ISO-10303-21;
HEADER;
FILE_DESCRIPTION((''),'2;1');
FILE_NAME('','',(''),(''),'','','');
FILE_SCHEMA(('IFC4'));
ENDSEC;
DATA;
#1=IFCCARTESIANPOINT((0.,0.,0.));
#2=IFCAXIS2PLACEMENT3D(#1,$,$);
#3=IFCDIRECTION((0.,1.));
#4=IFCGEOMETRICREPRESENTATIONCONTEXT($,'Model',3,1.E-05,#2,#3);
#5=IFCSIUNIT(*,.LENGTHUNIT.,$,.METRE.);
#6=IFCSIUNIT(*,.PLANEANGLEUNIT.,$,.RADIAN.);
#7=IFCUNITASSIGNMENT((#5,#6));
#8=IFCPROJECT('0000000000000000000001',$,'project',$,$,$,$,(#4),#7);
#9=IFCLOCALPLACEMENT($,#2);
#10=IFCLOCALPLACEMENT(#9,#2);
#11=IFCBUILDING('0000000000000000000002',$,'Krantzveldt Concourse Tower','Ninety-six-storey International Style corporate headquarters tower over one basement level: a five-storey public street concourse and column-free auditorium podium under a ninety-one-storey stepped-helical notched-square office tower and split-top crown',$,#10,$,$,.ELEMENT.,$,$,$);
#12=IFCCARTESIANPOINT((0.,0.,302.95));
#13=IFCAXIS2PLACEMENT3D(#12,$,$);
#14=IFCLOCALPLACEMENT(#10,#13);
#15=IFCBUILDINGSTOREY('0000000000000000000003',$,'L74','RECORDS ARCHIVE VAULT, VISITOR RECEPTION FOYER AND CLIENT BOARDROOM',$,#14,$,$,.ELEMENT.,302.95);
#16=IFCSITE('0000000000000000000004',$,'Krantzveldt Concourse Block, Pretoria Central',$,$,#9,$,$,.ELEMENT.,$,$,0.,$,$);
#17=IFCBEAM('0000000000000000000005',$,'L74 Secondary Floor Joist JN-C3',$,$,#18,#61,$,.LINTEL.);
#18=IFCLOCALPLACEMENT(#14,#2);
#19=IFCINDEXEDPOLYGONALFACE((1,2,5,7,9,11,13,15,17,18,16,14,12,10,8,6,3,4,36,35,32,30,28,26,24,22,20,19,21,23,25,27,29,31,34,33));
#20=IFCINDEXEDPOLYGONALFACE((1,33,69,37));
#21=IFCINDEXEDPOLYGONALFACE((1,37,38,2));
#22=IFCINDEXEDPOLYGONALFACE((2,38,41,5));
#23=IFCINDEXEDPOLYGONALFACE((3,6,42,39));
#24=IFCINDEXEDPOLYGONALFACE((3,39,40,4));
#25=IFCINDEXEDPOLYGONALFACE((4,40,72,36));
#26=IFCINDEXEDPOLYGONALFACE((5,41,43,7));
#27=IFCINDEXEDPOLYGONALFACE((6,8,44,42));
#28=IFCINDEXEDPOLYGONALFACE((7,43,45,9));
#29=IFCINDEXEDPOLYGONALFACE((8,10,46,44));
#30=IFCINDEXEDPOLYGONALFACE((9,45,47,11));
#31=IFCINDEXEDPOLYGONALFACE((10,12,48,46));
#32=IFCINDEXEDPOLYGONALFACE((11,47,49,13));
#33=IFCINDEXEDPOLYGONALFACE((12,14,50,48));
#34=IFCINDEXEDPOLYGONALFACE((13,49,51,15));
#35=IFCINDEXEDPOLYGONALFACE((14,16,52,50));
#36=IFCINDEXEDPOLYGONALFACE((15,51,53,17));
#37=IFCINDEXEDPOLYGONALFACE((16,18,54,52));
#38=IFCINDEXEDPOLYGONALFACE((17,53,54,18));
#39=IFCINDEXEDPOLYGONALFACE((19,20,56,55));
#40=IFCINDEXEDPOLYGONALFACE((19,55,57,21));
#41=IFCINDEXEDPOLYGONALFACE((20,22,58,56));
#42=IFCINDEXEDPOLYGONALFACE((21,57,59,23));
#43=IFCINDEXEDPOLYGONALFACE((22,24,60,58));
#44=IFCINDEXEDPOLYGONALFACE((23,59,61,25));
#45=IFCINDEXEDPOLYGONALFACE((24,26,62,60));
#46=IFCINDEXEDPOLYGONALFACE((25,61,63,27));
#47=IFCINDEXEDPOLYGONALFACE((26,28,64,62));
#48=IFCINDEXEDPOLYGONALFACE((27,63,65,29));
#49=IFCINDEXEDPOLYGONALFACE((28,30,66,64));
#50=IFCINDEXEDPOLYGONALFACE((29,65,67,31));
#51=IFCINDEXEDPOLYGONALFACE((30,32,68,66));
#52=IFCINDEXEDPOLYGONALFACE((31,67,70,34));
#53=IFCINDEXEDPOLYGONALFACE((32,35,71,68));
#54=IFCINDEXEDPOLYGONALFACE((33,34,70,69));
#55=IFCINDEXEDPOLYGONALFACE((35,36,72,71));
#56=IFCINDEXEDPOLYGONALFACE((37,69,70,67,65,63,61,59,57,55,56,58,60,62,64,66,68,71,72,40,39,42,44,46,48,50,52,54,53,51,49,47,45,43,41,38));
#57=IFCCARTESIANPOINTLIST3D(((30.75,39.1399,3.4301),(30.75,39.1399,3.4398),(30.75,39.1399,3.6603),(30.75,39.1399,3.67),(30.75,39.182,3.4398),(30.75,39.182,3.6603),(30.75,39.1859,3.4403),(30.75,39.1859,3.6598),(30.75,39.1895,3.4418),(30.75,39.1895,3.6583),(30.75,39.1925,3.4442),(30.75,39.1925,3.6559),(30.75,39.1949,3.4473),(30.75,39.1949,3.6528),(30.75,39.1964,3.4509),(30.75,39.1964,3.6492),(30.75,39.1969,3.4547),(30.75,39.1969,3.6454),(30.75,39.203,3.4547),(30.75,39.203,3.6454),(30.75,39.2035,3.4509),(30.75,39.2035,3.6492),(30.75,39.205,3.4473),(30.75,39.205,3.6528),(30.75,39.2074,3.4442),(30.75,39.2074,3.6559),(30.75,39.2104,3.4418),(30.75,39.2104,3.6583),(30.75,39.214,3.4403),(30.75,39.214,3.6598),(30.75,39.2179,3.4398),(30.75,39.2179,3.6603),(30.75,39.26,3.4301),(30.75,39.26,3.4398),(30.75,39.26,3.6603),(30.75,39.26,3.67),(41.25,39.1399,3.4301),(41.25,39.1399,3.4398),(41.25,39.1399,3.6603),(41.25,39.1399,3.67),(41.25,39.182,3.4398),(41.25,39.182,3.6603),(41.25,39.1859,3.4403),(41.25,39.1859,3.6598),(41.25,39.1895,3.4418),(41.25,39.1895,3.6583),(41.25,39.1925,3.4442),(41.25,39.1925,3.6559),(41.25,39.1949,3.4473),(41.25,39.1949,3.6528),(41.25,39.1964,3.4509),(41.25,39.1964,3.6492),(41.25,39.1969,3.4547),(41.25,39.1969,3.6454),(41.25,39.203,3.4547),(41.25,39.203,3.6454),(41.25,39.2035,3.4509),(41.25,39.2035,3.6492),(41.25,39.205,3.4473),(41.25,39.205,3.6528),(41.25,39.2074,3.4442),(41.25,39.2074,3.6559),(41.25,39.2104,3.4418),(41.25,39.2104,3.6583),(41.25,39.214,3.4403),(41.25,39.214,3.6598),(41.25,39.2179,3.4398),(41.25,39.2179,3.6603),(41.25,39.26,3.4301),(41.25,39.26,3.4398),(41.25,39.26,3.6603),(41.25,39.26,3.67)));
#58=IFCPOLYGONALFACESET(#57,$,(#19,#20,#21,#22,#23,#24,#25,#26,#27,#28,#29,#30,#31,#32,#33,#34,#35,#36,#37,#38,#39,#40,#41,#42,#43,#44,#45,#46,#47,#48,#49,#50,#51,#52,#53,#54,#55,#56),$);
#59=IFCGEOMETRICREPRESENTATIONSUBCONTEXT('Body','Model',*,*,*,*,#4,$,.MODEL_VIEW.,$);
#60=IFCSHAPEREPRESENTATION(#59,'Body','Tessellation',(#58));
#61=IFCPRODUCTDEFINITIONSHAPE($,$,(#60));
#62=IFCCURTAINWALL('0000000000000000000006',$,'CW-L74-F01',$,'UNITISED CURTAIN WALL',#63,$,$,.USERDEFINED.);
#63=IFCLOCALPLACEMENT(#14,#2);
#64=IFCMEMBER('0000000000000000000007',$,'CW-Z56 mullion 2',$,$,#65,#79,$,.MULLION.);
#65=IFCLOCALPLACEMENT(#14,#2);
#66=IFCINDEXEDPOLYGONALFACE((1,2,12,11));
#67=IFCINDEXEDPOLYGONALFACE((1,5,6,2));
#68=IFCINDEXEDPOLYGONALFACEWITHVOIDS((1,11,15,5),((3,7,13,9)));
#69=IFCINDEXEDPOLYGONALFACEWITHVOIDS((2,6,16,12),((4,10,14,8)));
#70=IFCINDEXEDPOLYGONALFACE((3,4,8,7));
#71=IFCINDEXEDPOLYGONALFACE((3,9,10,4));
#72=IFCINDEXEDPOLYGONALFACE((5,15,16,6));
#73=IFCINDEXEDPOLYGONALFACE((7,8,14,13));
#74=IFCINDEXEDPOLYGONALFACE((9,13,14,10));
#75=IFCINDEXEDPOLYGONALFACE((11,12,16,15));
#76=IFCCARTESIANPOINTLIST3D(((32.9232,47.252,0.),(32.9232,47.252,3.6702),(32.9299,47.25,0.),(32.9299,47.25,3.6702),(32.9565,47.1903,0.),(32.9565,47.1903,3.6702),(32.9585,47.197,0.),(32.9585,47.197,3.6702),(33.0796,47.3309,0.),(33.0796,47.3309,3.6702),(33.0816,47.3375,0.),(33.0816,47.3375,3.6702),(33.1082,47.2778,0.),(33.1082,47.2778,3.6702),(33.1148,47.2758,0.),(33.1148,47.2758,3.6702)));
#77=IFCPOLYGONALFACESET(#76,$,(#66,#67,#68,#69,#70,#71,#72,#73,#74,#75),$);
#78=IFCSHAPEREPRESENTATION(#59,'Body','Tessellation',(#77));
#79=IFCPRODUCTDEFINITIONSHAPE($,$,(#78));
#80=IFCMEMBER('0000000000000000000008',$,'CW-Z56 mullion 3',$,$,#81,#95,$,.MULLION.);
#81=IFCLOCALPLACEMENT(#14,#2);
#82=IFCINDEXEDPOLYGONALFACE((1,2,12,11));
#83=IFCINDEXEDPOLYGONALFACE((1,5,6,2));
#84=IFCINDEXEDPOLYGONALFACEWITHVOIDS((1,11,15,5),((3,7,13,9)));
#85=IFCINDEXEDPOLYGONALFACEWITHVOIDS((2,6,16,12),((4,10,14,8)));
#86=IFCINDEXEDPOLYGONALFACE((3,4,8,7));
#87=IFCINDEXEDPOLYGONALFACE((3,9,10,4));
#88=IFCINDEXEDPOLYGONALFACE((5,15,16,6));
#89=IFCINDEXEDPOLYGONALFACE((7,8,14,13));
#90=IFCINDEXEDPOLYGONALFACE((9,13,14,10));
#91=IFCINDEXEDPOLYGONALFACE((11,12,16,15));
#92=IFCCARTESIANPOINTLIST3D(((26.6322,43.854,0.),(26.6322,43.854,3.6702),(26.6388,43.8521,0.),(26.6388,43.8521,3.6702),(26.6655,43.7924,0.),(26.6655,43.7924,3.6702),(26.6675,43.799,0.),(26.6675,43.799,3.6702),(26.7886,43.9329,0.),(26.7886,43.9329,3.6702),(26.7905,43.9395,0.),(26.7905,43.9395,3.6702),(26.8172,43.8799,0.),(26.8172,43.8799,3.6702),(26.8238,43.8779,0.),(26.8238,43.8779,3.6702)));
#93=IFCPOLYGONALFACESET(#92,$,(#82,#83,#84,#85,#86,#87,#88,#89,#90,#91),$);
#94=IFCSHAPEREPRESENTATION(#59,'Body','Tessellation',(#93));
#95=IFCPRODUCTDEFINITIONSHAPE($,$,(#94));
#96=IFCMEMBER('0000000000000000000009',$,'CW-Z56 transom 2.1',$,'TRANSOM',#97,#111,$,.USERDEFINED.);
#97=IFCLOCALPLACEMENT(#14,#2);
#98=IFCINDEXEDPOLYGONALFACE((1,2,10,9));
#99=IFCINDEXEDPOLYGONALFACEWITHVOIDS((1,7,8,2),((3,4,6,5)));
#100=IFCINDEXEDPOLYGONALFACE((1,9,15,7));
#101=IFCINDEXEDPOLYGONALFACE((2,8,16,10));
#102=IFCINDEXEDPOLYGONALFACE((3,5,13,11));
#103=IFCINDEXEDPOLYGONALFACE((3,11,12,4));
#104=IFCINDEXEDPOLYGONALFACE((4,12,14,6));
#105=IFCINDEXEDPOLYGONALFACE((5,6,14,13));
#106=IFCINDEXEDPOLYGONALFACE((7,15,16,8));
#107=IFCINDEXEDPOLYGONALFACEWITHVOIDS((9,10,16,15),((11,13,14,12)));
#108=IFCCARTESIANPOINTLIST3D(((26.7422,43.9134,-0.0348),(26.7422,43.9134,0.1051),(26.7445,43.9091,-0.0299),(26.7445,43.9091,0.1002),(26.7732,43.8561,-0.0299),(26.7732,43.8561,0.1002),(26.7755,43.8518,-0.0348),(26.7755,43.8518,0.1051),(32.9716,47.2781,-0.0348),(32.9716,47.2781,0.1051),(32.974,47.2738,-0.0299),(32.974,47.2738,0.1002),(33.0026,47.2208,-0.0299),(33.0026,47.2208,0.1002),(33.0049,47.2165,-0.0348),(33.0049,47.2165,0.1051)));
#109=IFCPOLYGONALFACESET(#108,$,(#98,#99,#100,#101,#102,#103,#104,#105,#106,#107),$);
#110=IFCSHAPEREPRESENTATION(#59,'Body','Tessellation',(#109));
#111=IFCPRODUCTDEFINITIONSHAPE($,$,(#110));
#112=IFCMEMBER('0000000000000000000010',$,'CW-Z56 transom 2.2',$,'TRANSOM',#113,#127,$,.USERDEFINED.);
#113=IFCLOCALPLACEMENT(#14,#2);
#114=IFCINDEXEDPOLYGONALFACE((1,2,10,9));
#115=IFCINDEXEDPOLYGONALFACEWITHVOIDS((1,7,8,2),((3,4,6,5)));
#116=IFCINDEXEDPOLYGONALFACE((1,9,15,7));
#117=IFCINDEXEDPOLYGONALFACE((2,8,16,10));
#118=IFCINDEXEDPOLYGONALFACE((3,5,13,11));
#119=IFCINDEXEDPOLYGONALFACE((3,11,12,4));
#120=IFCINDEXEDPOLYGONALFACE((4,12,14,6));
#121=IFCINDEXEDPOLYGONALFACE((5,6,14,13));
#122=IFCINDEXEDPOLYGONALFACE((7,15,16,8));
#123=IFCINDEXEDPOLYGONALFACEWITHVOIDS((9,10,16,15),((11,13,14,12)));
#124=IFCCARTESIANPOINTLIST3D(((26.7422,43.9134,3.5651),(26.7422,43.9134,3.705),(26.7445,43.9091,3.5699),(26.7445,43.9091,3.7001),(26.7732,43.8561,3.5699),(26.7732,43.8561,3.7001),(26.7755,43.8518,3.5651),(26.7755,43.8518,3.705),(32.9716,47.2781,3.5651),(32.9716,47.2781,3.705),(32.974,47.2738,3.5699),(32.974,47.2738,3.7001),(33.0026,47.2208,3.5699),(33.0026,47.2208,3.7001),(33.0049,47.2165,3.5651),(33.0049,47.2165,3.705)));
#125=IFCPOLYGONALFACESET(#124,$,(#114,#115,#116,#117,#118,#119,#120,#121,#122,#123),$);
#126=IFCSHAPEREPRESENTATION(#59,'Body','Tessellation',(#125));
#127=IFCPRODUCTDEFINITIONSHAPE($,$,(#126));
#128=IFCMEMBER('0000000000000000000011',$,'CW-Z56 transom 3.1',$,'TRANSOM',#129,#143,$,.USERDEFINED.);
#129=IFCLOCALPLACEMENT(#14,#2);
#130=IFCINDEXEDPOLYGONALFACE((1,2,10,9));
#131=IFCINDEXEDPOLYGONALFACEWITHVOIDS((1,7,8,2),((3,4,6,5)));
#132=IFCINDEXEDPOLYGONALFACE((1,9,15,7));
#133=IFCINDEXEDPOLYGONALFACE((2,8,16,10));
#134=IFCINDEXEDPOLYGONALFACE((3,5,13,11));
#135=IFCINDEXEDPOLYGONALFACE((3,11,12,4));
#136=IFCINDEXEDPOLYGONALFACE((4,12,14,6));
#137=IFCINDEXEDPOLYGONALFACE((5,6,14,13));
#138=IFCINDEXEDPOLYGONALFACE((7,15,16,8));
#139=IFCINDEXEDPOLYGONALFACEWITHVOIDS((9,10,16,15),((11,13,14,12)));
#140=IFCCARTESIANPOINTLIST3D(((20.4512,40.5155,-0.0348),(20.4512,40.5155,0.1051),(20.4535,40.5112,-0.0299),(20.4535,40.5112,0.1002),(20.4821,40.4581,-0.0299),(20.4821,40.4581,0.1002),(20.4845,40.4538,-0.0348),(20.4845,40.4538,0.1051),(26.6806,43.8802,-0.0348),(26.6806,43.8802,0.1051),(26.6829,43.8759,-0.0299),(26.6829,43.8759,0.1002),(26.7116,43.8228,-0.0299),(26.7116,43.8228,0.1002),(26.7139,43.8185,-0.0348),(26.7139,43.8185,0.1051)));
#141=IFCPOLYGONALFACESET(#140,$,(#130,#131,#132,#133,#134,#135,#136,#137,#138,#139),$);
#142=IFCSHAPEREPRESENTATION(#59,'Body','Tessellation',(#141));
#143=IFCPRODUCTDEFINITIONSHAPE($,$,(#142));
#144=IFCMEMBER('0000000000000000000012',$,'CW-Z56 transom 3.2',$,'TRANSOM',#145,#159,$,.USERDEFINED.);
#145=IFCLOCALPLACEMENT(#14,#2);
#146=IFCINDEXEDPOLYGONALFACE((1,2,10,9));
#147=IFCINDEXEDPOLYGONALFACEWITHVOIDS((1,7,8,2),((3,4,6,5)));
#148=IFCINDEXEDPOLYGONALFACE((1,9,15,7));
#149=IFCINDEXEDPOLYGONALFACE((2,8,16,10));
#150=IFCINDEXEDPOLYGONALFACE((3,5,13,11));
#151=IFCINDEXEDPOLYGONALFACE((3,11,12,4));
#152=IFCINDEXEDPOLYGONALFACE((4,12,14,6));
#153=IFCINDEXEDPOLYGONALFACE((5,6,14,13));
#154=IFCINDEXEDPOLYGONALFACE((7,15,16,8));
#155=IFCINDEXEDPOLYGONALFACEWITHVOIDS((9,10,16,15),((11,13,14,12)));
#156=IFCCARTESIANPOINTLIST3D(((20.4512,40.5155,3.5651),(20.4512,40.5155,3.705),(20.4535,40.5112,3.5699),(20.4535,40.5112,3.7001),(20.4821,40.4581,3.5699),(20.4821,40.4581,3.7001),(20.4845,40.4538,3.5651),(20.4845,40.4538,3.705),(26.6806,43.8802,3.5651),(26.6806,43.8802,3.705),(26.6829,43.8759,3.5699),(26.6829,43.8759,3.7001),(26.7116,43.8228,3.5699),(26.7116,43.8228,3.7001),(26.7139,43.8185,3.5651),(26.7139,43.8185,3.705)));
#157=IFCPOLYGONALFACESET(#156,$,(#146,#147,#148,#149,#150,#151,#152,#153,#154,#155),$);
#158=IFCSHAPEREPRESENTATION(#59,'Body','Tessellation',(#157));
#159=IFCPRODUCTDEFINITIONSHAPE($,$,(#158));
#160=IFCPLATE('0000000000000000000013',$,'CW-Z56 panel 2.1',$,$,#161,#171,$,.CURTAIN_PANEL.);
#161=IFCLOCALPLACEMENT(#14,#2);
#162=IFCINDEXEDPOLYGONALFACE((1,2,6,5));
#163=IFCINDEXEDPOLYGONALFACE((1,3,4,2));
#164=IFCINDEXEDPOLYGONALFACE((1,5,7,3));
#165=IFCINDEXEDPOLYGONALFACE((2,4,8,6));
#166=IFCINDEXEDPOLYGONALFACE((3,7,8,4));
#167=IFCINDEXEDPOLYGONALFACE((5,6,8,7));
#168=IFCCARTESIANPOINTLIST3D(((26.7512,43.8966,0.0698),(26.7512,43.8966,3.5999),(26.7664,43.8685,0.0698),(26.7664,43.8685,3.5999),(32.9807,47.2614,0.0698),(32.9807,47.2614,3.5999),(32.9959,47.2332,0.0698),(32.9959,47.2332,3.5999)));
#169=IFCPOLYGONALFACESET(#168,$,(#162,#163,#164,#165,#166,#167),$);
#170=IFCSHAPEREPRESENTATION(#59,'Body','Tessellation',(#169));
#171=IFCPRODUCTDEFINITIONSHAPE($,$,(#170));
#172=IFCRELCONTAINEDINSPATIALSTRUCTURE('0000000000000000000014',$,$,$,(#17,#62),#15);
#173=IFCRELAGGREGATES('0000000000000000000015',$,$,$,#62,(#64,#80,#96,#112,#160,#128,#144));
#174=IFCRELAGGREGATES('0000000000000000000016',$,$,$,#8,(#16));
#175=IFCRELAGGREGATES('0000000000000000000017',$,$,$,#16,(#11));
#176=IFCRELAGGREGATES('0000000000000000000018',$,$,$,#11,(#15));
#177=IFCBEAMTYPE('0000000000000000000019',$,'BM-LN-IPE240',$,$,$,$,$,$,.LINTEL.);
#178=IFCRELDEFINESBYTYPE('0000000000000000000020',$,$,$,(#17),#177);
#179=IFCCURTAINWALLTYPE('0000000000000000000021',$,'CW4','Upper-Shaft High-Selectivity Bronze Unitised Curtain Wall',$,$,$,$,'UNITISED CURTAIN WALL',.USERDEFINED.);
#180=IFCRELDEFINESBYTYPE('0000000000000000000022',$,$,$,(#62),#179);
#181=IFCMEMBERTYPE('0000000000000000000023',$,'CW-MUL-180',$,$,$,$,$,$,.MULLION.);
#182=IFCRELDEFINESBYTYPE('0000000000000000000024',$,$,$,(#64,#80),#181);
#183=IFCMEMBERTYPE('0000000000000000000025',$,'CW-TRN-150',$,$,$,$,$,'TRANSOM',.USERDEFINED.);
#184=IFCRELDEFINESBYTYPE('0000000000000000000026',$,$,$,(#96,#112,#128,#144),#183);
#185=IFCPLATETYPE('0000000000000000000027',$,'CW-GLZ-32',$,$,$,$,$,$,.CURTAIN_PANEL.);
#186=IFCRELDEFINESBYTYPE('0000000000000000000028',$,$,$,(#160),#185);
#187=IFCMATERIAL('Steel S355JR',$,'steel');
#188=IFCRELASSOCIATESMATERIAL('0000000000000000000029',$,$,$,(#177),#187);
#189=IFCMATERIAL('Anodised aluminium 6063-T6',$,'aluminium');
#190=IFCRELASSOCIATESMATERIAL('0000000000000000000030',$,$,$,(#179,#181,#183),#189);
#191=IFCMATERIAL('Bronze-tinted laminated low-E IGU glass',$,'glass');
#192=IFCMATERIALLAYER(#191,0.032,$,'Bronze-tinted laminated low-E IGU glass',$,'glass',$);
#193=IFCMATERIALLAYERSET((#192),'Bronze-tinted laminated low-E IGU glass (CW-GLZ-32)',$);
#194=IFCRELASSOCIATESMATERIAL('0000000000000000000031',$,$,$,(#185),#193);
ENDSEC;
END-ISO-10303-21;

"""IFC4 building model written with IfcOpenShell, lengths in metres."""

from ifc_helpers import new_model, si_unit, direction, frame, origin, origin_2d, place, context, subcontext, project, spatial, rectangle, hollow_rectangle, i_section, extrude, source, transform, mapped, material, layer, layer_set, material_profile, profile_set, type_object, type_shapes, element, aggregate, save


model = new_model("IFC4")

# Units and contexts
model_context = context("Model", 3, precision=1e-05, world=origin(), true_north=direction((0.0, 1.0)))
body_context = subcontext(model_context, "Body", "Model", "MODEL_VIEW")
ifc_project = project(units=[si_unit("LENGTHUNIT", "METRE"), si_unit("PLANEANGLEUNIT", "RADIAN")], contexts=[model_context])

# Site, building, storey
site_placement = place(None, origin())
site = spatial("IfcSite", under=ifc_project, at=site_placement, Name="Krantzveldt Concourse Block, Pretoria Central", CompositionType="ELEMENT", RefElevation=0.0)
building_placement = place(site_placement, origin())
building = spatial("IfcBuilding", under=site, at=building_placement, Name="Krantzveldt Concourse Tower", Description="Ninety-six-storey International Style corporate headquarters tower over one basement level: a five-storey public street concourse and column-free auditorium podium under a ninety-one-storey stepped-helical notched-square office tower and split-top crown", CompositionType="ELEMENT")
storey_placement = place(building_placement, frame((0.0, 0.0, 302.95)))
storey = spatial("IfcBuildingStorey", under=building, at=storey_placement, Name="L74", Description="RECORDS ARCHIVE VAULT, VISITOR RECEPTION FOYER AND CLIENT BOARDROOM", CompositionType="ELEMENT", Elevation=302.95)

# Beam
ifc_material_1 = material(Name="Steel S355JR", Category="steel")
ifc_material_profile_1 = material_profile(ifc_material_1, i_section(OverallWidth=0.1201, OverallDepth=0.24, WebThickness=0.0061, FlangeThickness=0.0098, FilletRadius=0.0149, at=origin_2d()), Name="Steel S355JR", Category="steel")
ifc_profile_set_1 = profile_set([ifc_material_profile_1], Name="Steel S355JR - IPE 240")
beam_type_1 = type_object("IfcBeamType", Name="BM-LN-IPE240", PredefinedType="LINTEL", material=ifc_profile_set_1)
shared_shape_1 = source(origin(), body_context, "Body", "SweptSolid", [
    extrude(i_section(OverallWidth=0.1201, OverallDepth=0.24, WebThickness=0.0061, FlangeThickness=0.0098, FilletRadius=0.0149, at=origin_2d()), origin(), (0.0, 0.0, 1.0), 10.5),
])
type_shapes(beam_type_1, [shared_shape_1])
beam_1_placement = place(storey_placement, frame((30.75, 39.2, 3.55), z_axis=(1.0, 0.0, 0.0), x_axis=(0.0, 1.0, 0.0)))
element("IfcBeam", 1, at=beam_1_placement, inside=storey, type_object=beam_type_1, Name="L74 Secondary Floor Joist JN-C3", PredefinedType="LINTEL", context=body_context, shape_type="MappedRepresentation", body=[
    mapped(shared_shape_1, transform((0.0, 0.0, 0.0), x_axis=(1.0, 0.0, 0.0), y_axis=(0.0, 1.0, 0.0), z_axis=(0.0, 0.0, 1.0), scale=1.0)),
])

# Curtain wall, members, plate
ifc_material_2 = material(Name="Anodised aluminium 6063-T6", Category="aluminium")
curtain_wall_type = type_object("IfcCurtainWallType", Name="CW4", Description="Upper-Shaft High-Selectivity Bronze Unitised Curtain Wall", ElementType="UNITISED CURTAIN WALL", PredefinedType="USERDEFINED", material=ifc_material_2)
curtain_wall_placement = place(storey_placement, origin())
curtain_wall = element("IfcCurtainWall", 2, at=curtain_wall_placement, inside=storey, type_object=curtain_wall_type, Name="CW-L74-F01", ObjectType="UNITISED CURTAIN WALL", PredefinedType="USERDEFINED")
ifc_material_profile_2 = material_profile(ifc_material_2, hollow_rectangle(XDim=0.0701, YDim=0.1799, WallThickness=0.0049, at=origin_2d()), Name="Anodised aluminium 6063-T6", Category="aluminium")
ifc_profile_set_2 = profile_set([ifc_material_profile_2], Name="Anodised aluminium 6063-T6 - ALU-MULL 180x70x5")
member_type_1 = type_object("IfcMemberType", Name="CW-MUL-180", PredefinedType="MULLION", material=ifc_profile_set_2)
shared_shape_2 = source(origin(), body_context, "Body", "SweptSolid", [
    extrude(hollow_rectangle(XDim=0.0701, YDim=0.1799, WallThickness=0.0049, at=origin_2d()), origin(), (0.0, 0.0, 1.0), 3.6702),
])
type_shapes(member_type_1, [shared_shape_2])
member_1_placement = place(storey_placement, frame((33.019, 47.2639, 0.0), z_axis=(0.0, 0.0, 1.0), x_axis=(0.47524, -0.879856, 0.0)))
member_1 = element("IfcMember", 3, at=member_1_placement, type_object=member_type_1, Name="CW-Z56 mullion 2", PredefinedType="MULLION", context=body_context, shape_type="MappedRepresentation", body=[
    mapped(shared_shape_2, transform((0.0, 0.0, 0.0), x_axis=(1.0, 0.0, 0.0), y_axis=(0.0, 1.0, 0.0), z_axis=(0.0, 0.0, 1.0), scale=1.0)),
])
member_2_placement = place(storey_placement, frame((26.728, 43.866, 0.0), z_axis=(0.0, 0.0, 1.0), x_axis=(0.47524, -0.879856, 0.0)))
member_2 = element("IfcMember", 4, at=member_2_placement, type_object=member_type_1, Name="CW-Z56 mullion 3", PredefinedType="MULLION", context=body_context, shape_type="MappedRepresentation", body=[
    mapped(shared_shape_2, transform((0.0, 0.0, 0.0), x_axis=(1.0, 0.0, 0.0), y_axis=(0.0, 1.0, 0.0), z_axis=(0.0, 0.0, 1.0), scale=1.0)),
])
ifc_material_profile_3 = material_profile(ifc_material_2, hollow_rectangle(XDim=0.0701, YDim=0.1399, WallThickness=0.0049, at=origin_2d()), Name="Anodised aluminium 6063-T6", Category="aluminium")
ifc_profile_set_3 = profile_set([ifc_material_profile_3], Name="Anodised aluminium 6063-T6 - ALU-TRAN 140x70x5")
member_type_2 = type_object("IfcMemberType", Name="CW-TRN-150", ElementType="TRANSOM", PredefinedType="USERDEFINED", material=ifc_profile_set_3)
shared_shape_3 = source(origin(), body_context, "Body", "SweptSolid", [
    extrude(hollow_rectangle(XDim=0.0701, YDim=0.1399, WallThickness=0.0049, at=origin_2d()), origin(), (0.0, 0.0, 1.0), 7.0801),
])
type_shapes(member_type_2, [shared_shape_3])
member_3_placement = place(storey_placement, frame((32.9883, 47.2473, 0.0352), z_axis=(-0.879857, -0.475239, 0.0), x_axis=(0.475239, -0.879857, 0.0)))
member_3 = element("IfcMember", 5, at=member_3_placement, type_object=member_type_2, Name="CW-Z56 transom 2.1", ObjectType="TRANSOM", PredefinedType="USERDEFINED", context=body_context, shape_type="MappedRepresentation", body=[
    mapped(shared_shape_3, transform((0.0, 0.0, 0.0), x_axis=(1.0, 0.0, 0.0), y_axis=(0.0, 1.0, 0.0), z_axis=(0.0, 0.0, 1.0), scale=1.0)),
])
member_4_placement = place(storey_placement, frame((32.9883, 47.2473, 3.635), z_axis=(-0.879857, -0.475239, 0.0), x_axis=(0.475239, -0.879857, 0.0)))
member_4 = element("IfcMember", 6, at=member_4_placement, type_object=member_type_2, Name="CW-Z56 transom 2.2", ObjectType="TRANSOM", PredefinedType="USERDEFINED", context=body_context, shape_type="MappedRepresentation", body=[
    mapped(shared_shape_3, transform((0.0, 0.0, 0.0), x_axis=(1.0, 0.0, 0.0), y_axis=(0.0, 1.0, 0.0), z_axis=(0.0, 0.0, 1.0), scale=1.0)),
])
member_5_placement = place(storey_placement, frame((26.6973, 43.8494, 0.0352), z_axis=(-0.879857, -0.475239, 0.0), x_axis=(0.475239, -0.879857, 0.0)))
member_5 = element("IfcMember", 7, at=member_5_placement, type_object=member_type_2, Name="CW-Z56 transom 3.1", ObjectType="TRANSOM", PredefinedType="USERDEFINED", context=body_context, shape_type="MappedRepresentation", body=[
    mapped(shared_shape_3, transform((0.0, 0.0, 0.0), x_axis=(1.0, 0.0, 0.0), y_axis=(0.0, 1.0, 0.0), z_axis=(0.0, 0.0, 1.0), scale=1.0)),
])
member_6_placement = place(storey_placement, frame((26.6973, 43.8494, 3.635), z_axis=(-0.879857, -0.475239, 0.0), x_axis=(0.475239, -0.879857, 0.0)))
member_6 = element("IfcMember", 8, at=member_6_placement, type_object=member_type_2, Name="CW-Z56 transom 3.2", ObjectType="TRANSOM", PredefinedType="USERDEFINED", context=body_context, shape_type="MappedRepresentation", body=[
    mapped(shared_shape_3, transform((0.0, 0.0, 0.0), x_axis=(1.0, 0.0, 0.0), y_axis=(0.0, 1.0, 0.0), z_axis=(0.0, 0.0, 1.0), scale=1.0)),
])
ifc_material_3 = material(Name="Bronze-tinted laminated low-E IGU glass", Category="glass")
ifc_layer = layer(ifc_material_3, 0.032, Name="Bronze-tinted laminated low-E IGU glass", Category="glass")
ifc_layer_set = layer_set([ifc_layer], Name="Bronze-tinted laminated low-E IGU glass (CW-GLZ-32)")
plate_type = type_object("IfcPlateType", Name="CW-GLZ-32", PredefinedType="CURTAIN_PANEL", material=ifc_layer_set)
shared_shape_4 = source(origin(), body_context, "Body", "SweptSolid", [
    extrude(rectangle(XDim=7.0801, YDim=0.032, at=origin_2d()), origin(), (0.0, 0.0, 1.0), 3.53),
])
type_shapes(plate_type, [shared_shape_4])
plate_1_placement = place(storey_placement, frame((29.8735, 45.5649, 0.0698), z_axis=(0.0, 0.0, 1.0), x_axis=(-0.879856, -0.47524, 0.0)))
plate_1 = element("IfcPlate", 9, at=plate_1_placement, type_object=plate_type, Name="CW-Z56 panel 2.1", PredefinedType="CURTAIN_PANEL", context=body_context, shape_type="MappedRepresentation", body=[
    mapped(shared_shape_4, transform((0.0, 0.0, 0.0), x_axis=(1.0, 0.0, 0.0), y_axis=(0.0, 1.0, 0.0), z_axis=(0.0, 0.0, 1.0), scale=1.0)),
])
aggregate(curtain_wall, [member_1, member_2, member_3, member_4, plate_1, member_5, member_6])

save(model, "model.ifc")
